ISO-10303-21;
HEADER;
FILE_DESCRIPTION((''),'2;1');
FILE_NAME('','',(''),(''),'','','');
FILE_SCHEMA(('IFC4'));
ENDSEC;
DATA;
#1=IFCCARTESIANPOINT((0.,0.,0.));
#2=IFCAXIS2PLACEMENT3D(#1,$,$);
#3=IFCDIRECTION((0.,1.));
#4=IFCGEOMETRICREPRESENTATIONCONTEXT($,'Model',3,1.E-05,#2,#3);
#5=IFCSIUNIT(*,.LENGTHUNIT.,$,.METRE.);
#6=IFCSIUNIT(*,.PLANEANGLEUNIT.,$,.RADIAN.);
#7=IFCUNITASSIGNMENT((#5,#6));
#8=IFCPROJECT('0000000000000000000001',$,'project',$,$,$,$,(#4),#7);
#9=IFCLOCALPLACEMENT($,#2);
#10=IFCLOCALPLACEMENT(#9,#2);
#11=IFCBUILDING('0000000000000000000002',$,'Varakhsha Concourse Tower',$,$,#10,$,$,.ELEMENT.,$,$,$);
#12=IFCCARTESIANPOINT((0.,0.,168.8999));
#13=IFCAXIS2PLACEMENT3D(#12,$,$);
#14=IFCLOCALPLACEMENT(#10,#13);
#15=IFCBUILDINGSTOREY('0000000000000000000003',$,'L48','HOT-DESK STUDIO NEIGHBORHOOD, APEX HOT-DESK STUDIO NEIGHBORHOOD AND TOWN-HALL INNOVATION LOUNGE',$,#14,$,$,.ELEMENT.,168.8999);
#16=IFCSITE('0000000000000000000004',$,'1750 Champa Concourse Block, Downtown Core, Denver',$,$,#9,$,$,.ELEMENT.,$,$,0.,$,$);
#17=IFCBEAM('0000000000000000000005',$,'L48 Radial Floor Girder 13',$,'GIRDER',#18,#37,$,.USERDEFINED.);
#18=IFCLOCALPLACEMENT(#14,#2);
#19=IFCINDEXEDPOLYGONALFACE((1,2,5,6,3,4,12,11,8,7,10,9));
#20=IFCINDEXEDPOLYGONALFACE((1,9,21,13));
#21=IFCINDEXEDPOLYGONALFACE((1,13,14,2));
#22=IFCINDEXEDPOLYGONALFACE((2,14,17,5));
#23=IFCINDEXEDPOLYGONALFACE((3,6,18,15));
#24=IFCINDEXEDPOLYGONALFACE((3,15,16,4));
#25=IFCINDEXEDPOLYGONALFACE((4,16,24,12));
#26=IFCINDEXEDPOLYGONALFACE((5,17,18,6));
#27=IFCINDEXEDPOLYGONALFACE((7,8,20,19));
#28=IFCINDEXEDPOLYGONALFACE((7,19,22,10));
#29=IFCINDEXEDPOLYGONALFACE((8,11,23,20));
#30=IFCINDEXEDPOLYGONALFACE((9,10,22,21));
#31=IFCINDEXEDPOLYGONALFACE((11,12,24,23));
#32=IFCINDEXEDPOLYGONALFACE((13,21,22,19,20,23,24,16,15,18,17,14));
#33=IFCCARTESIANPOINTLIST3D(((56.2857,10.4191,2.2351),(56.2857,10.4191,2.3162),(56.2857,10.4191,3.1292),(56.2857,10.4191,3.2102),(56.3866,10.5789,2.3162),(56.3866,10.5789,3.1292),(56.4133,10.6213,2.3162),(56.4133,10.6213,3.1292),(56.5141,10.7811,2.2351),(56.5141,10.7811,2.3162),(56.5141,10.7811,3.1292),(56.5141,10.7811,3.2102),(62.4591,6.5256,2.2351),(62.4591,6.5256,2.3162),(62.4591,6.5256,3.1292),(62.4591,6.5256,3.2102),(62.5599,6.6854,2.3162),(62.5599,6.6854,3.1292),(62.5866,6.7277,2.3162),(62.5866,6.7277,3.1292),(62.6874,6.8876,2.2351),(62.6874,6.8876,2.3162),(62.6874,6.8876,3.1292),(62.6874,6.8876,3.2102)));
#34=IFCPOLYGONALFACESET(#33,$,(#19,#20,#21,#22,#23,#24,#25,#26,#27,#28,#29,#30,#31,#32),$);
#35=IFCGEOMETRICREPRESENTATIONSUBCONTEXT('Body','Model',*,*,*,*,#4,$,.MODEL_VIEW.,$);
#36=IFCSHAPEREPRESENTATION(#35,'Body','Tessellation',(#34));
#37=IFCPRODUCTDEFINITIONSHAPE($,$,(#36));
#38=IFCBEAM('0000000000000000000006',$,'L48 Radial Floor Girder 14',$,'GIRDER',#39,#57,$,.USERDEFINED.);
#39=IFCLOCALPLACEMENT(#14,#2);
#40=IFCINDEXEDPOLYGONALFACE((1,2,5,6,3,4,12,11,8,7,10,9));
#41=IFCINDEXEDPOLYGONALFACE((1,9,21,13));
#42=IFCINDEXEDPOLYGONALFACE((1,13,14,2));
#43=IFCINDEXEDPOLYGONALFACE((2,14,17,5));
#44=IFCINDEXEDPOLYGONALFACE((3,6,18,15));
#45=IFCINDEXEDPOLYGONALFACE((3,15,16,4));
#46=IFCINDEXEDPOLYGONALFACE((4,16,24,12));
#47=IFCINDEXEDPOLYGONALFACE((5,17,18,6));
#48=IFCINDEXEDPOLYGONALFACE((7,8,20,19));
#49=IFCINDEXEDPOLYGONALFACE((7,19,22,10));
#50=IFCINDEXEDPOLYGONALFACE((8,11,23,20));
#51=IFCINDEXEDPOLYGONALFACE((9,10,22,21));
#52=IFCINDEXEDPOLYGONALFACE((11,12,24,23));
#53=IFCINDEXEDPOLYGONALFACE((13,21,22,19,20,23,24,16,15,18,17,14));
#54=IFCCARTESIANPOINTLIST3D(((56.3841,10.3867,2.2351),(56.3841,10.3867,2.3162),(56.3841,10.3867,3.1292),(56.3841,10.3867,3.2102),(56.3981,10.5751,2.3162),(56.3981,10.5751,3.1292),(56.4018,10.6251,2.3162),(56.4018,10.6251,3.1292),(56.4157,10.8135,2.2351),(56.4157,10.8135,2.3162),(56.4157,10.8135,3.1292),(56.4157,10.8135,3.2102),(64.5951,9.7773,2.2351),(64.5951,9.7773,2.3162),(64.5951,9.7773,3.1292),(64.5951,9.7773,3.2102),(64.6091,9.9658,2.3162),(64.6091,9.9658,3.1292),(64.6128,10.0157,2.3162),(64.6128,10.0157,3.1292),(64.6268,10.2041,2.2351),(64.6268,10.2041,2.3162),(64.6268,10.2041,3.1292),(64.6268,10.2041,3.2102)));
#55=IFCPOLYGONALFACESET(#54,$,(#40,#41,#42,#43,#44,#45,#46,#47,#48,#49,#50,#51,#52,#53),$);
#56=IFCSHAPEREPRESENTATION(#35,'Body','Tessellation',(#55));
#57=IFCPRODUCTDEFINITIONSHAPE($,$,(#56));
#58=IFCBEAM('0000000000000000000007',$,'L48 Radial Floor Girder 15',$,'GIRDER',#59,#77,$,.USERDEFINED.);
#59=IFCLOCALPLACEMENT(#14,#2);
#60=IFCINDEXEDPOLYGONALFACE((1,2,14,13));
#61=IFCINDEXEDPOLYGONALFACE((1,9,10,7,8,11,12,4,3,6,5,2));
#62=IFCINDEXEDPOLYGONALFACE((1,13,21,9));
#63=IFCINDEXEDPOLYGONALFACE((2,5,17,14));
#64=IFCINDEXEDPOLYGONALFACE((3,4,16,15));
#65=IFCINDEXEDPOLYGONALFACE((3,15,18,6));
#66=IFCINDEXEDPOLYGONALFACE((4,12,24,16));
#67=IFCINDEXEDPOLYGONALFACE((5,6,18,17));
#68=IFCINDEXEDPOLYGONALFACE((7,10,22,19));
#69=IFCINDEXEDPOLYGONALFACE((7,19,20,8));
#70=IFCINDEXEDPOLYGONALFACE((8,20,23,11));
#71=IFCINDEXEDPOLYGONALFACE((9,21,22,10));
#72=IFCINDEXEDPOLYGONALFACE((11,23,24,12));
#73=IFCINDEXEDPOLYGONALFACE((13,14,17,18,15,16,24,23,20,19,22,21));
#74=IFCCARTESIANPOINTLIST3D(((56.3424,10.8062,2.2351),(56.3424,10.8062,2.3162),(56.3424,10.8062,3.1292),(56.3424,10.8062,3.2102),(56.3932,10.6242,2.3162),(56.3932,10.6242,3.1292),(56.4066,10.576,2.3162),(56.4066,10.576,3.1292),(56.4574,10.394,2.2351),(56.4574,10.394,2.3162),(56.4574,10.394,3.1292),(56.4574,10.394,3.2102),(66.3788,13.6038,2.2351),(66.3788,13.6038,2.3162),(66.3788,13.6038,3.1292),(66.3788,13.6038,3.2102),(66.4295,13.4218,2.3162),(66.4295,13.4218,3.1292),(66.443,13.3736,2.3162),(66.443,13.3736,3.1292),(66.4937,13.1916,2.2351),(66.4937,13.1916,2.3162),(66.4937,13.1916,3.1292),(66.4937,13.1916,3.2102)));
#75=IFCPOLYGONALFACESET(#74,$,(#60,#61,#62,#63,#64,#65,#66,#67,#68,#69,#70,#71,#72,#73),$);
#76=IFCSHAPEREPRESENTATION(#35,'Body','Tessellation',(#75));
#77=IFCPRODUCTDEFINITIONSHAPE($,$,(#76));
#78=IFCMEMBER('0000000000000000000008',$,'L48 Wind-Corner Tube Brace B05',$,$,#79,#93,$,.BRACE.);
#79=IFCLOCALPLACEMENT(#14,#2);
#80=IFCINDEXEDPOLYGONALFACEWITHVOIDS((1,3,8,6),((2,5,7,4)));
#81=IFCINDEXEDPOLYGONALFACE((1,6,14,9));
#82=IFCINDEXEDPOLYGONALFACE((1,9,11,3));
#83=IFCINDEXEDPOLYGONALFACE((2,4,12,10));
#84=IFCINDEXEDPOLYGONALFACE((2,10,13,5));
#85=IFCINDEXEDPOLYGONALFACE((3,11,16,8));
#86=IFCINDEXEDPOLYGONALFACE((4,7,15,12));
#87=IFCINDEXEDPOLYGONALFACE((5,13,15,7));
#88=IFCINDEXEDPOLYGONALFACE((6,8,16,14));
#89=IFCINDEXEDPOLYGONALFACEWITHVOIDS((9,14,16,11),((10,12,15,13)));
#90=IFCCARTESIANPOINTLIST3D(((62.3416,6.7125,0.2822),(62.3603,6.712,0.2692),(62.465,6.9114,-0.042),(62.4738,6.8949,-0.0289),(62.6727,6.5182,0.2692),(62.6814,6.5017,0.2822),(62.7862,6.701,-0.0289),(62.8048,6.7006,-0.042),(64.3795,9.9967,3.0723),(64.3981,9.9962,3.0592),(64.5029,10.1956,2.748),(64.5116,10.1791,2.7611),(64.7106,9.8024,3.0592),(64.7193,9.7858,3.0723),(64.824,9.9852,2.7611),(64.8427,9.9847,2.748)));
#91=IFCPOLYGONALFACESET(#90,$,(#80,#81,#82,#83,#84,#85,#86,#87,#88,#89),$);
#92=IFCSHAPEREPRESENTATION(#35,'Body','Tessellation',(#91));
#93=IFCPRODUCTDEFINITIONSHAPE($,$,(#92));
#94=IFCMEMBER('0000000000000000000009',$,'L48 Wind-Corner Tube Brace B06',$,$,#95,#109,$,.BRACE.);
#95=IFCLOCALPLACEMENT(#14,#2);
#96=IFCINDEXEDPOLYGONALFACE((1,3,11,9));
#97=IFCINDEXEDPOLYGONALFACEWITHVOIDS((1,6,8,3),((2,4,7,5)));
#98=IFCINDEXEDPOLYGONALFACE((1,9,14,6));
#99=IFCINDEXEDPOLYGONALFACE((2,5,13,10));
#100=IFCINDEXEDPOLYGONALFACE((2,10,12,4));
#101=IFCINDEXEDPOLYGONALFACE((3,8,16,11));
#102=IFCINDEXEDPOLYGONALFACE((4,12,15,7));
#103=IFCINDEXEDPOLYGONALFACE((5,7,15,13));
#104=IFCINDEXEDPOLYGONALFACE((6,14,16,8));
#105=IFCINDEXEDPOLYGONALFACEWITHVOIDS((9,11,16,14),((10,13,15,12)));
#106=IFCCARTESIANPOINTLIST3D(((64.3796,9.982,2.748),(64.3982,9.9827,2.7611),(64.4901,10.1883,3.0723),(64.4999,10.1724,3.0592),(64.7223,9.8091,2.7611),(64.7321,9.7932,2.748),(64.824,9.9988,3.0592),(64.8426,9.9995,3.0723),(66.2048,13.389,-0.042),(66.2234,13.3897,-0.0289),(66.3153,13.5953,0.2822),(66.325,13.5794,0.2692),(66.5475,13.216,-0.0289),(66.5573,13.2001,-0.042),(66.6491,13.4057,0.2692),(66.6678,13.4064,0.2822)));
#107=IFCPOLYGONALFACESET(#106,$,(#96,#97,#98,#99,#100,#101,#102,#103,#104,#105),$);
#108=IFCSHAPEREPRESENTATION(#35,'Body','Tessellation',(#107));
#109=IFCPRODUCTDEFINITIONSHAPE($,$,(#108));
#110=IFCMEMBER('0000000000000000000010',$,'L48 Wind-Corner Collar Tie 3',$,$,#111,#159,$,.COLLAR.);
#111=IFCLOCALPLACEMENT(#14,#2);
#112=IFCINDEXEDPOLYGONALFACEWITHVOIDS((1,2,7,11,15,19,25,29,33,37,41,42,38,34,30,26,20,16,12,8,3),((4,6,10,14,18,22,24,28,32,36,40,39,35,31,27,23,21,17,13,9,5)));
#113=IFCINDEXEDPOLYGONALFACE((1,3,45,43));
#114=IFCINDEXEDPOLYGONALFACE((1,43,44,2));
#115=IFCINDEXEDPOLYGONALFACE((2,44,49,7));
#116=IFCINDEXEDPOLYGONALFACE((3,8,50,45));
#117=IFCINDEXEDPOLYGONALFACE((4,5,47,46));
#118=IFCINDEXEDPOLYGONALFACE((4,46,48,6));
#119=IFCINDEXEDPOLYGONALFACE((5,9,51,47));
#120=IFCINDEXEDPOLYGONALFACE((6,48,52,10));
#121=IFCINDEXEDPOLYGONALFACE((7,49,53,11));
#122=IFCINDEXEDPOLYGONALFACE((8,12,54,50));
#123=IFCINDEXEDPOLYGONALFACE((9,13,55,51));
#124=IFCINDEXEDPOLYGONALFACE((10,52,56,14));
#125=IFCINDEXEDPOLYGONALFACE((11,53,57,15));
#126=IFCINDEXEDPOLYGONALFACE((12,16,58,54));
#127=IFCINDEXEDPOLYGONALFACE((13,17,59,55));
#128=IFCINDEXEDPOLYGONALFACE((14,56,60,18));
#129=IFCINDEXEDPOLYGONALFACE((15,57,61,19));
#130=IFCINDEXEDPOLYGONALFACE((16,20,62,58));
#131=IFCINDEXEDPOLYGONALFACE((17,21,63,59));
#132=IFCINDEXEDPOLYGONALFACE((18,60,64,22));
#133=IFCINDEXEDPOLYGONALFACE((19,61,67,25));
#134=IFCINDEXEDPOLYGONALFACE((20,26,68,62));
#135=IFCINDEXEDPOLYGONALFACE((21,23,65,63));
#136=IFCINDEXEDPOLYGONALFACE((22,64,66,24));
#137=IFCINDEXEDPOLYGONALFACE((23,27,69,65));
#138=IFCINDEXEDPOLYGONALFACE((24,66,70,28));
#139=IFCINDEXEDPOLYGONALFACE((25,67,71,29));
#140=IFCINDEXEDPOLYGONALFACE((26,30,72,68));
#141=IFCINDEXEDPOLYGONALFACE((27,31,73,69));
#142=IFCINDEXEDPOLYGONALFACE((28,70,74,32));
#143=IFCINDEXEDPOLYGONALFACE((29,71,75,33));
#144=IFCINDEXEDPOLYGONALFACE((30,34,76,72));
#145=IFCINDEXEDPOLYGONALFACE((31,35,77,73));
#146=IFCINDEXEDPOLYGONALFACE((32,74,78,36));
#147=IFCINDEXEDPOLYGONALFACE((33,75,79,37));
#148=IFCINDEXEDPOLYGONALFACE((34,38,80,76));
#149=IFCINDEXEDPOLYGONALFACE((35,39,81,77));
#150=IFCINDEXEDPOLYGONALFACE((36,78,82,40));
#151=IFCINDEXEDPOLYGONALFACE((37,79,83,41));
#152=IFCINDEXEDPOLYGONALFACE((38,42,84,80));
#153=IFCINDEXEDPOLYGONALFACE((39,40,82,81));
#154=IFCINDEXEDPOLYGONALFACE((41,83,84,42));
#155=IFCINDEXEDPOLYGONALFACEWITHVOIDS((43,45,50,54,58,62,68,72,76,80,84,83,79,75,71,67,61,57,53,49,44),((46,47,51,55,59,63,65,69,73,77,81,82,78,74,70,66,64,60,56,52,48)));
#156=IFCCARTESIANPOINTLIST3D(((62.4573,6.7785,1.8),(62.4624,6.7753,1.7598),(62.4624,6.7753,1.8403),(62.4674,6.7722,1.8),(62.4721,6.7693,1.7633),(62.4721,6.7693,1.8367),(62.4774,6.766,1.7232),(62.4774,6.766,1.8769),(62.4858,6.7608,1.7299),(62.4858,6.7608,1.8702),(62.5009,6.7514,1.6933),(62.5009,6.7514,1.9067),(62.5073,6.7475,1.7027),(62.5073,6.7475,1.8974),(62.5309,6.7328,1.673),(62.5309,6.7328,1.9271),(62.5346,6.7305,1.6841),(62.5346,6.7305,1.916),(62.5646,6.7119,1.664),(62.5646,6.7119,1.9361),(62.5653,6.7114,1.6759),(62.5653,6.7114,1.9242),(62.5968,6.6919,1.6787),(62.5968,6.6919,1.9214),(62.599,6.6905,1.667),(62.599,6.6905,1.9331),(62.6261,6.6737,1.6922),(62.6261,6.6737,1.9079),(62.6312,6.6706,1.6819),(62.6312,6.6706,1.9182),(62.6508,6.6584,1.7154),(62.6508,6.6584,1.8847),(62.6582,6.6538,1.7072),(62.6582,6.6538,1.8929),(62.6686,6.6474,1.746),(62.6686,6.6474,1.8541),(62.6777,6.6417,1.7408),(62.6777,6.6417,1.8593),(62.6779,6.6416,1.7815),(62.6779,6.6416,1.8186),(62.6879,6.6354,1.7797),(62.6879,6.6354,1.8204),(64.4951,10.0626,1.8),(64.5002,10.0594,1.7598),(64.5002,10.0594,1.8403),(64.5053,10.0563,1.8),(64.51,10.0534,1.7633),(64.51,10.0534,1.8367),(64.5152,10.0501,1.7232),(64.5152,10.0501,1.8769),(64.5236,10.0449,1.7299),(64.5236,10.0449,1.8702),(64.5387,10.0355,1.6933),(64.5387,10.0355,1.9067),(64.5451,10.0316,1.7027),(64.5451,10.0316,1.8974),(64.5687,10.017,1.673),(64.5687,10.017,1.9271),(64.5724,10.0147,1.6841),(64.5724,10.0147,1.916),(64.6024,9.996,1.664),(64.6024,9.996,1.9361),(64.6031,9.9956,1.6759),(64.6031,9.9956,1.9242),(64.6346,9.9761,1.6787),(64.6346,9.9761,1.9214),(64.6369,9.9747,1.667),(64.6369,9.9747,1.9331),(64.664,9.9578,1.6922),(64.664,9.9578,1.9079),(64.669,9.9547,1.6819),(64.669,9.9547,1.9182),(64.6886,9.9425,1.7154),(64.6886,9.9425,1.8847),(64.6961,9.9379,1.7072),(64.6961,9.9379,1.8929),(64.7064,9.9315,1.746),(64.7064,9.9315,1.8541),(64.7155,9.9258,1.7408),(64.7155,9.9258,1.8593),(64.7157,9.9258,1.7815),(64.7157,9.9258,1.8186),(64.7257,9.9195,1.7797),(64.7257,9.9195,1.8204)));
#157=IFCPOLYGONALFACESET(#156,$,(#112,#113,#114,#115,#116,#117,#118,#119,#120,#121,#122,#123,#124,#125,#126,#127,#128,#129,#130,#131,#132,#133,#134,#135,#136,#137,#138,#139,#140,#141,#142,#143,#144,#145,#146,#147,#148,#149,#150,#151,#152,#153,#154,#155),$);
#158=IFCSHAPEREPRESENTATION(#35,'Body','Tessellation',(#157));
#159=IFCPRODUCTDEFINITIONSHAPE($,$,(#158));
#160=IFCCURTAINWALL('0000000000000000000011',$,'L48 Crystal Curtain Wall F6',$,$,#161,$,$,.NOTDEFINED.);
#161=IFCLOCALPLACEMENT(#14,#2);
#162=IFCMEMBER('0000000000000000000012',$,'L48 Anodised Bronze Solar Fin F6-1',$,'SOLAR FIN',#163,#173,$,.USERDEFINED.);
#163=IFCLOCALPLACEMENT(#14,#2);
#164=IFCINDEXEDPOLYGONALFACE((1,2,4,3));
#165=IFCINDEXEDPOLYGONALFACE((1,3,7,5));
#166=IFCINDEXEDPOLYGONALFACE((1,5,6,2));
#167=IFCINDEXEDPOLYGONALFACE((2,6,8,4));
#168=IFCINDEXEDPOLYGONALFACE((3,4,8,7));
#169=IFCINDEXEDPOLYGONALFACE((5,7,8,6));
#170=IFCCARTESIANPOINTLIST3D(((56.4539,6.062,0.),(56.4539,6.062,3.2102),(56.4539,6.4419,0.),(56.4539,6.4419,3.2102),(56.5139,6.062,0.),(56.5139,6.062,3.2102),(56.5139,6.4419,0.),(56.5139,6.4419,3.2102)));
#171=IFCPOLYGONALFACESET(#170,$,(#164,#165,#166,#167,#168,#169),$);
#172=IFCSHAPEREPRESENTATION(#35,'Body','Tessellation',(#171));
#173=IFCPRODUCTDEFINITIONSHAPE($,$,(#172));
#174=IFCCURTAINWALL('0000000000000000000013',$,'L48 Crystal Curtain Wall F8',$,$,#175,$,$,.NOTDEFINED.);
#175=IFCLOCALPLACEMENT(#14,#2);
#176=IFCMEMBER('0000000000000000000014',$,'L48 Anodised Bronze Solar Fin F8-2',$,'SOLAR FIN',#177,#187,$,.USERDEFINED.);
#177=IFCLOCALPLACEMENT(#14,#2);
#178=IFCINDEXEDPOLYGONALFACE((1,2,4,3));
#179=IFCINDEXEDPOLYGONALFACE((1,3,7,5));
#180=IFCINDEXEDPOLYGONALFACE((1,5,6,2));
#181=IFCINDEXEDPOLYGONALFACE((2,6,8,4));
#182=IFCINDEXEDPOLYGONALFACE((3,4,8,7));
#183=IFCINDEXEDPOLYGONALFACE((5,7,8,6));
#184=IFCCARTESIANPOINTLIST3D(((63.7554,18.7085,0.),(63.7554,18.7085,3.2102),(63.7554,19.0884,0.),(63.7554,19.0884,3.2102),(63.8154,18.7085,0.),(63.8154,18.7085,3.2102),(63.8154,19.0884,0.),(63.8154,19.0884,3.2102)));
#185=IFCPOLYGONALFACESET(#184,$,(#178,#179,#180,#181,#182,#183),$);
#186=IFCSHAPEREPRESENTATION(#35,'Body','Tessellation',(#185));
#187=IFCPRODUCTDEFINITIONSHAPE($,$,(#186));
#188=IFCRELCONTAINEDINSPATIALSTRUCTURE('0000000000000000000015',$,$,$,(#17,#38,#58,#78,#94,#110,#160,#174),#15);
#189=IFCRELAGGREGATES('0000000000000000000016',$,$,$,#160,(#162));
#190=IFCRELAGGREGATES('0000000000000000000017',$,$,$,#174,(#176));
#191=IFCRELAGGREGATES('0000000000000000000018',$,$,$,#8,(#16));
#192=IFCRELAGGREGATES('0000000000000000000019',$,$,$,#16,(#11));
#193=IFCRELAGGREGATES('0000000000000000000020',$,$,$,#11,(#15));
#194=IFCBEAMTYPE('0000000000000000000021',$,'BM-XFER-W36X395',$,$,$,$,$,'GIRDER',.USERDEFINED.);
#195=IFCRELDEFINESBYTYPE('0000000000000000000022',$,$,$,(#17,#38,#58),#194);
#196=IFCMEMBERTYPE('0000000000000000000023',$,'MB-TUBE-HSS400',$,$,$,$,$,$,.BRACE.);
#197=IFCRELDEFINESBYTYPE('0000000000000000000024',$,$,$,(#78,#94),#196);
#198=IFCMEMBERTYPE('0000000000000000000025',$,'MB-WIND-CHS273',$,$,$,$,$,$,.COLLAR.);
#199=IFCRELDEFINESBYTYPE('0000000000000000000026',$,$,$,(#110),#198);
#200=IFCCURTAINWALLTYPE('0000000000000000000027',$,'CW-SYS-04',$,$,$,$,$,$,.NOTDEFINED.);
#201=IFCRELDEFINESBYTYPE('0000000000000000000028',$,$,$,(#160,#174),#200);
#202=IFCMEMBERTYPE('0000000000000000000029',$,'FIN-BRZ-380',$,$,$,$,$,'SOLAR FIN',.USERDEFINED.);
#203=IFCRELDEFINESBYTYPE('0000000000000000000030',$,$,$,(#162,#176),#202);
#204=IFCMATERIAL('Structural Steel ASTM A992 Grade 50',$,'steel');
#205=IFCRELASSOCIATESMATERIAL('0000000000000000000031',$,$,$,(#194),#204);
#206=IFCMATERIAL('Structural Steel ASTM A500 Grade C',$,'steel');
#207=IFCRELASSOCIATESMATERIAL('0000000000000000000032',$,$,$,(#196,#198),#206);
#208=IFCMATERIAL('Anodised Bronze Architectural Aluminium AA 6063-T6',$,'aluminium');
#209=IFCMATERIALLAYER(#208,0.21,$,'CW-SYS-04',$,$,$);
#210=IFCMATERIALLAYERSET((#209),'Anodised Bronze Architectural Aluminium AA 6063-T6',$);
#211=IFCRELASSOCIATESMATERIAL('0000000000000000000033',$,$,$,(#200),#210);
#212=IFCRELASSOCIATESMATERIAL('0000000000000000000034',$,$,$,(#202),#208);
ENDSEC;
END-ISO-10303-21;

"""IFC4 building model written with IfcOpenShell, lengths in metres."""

from ifc_helpers import new_model, si_unit, direction, frame, origin, origin_2d, place, context, subcontext, project, spatial, rectangle, hollow_rectangle, hollow_circle, i_section, extrude, source, transform, mapped, material, layer, layer_set, material_profile, profile_set, type_object, type_shapes, element, aggregate, save


model = new_model("IFC4")

# Units and contexts
model_context = context("Model", 3, precision=1e-05, world=origin(), true_north=direction((0.0, 1.0)))
body_context = subcontext(model_context, "Body", "Model", "MODEL_VIEW")
ifc_project = project(units=[si_unit("LENGTHUNIT", "METRE"), si_unit("PLANEANGLEUNIT", "RADIAN")], contexts=[model_context])

# Site, building, storey
site_placement = place(None, origin())
site = spatial("IfcSite", under=ifc_project, at=site_placement, Name="1750 Champa Concourse Block, Downtown Core, Denver", CompositionType="ELEMENT", RefElevation=0.0)
building_placement = place(site_placement, origin())
building = spatial("IfcBuilding", under=site, at=building_placement, Name="Varakhsha Concourse Tower", CompositionType="ELEMENT")
storey_placement = place(building_placement, frame((0.0, 0.0, 168.8999)))
storey = spatial("IfcBuildingStorey", under=building, at=storey_placement, Name="L48", Description="HOT-DESK STUDIO NEIGHBORHOOD, APEX HOT-DESK STUDIO NEIGHBORHOOD AND TOWN-HALL INNOVATION LOUNGE", CompositionType="ELEMENT", Elevation=168.8999)

# Beams
ifc_material_1 = material(Name="Structural Steel ASTM A992 Grade 50", Category="steel")
ifc_material_profile_1 = material_profile(ifc_material_1, i_section(OverallWidth=0.428, OverallDepth=0.9751, WebThickness=0.05, FlangeThickness=0.0811, at=origin_2d()), Name="W36X395")
ifc_profile_set_1 = profile_set([ifc_material_profile_1], Name="Structural Steel ASTM A992 Grade 50")
beam_type_1 = type_object("IfcBeamType", Name="BM-XFER-W36X395", ElementType="GIRDER", PredefinedType="USERDEFINED", material=ifc_profile_set_1)
beam_1_placement = place(storey_placement, frame((56.3999, 10.6001, 2.7227), z_axis=(0.845823, -0.533464, 0.0), x_axis=(0.533464, 0.845823, 0.0)))
element("IfcBeam", 1, at=beam_1_placement, inside=storey, type_object=beam_type_1, Name="L48 Radial Floor Girder 13", ObjectType="GIRDER", PredefinedType="USERDEFINED", context=body_context, shape_type="SweptSolid", body=[
    extrude(i_section(OverallWidth=0.428, OverallDepth=0.9751, WebThickness=0.05, FlangeThickness=0.0811, at=origin_2d()), origin(), (0.0, 0.0, 1.0), 7.2986),
])
beam_2_placement = place(storey_placement, frame((56.3999, 10.6001, 2.7227), z_axis=(0.997258, -0.074009, 0.0), x_axis=(0.074009, 0.997258, 0.0)))
element("IfcBeam", 2, at=beam_2_placement, inside=storey, type_object=beam_type_1, Name="L48 Radial Floor Girder 14", ObjectType="GIRDER", PredefinedType="USERDEFINED", context=body_context, shape_type="SweptSolid", body=[
    extrude(i_section(OverallWidth=0.428, OverallDepth=0.9751, WebThickness=0.05, FlangeThickness=0.0811, at=origin_2d()), origin(), (0.0, 0.0, 1.0), 8.2336),
])
beam_3_placement = place(storey_placement, frame((56.3999, 10.6001, 2.7227), z_axis=(0.963277, 0.26851, 0.0), x_axis=(-0.26851, 0.963277, 0.0)))
element("IfcBeam", 3, at=beam_3_placement, inside=storey, type_object=beam_type_1, Name="L48 Radial Floor Girder 15", ObjectType="GIRDER", PredefinedType="USERDEFINED", context=body_context, shape_type="SweptSolid", body=[
    extrude(i_section(OverallWidth=0.428, OverallDepth=0.9751, WebThickness=0.05, FlangeThickness=0.0811, at=origin_2d()), origin(), (0.0, 0.0, 1.0), 10.4189),
])

# Members
ifc_material_2 = material(Name="Structural Steel ASTM A500 Grade C", Category="steel")
ifc_material_profile_2 = material_profile(ifc_material_2, hollow_rectangle(XDim=0.3999, YDim=0.3999, WallThickness=0.0161, at=origin_2d()), Name="HSS 400x400x16")
ifc_profile_set_2 = profile_set([ifc_material_profile_2], Name="Structural Steel ASTM A500 Grade C")
member_type_1 = type_object("IfcMemberType", Name="MB-TUBE-HSS400", PredefinedType="BRACE", material=ifc_profile_set_2)
shared_shape_1 = source(origin(), body_context, "Body", "SweptSolid", [
    extrude(hollow_rectangle(XDim=0.3999, YDim=0.3999, WallThickness=0.0161, at=origin_2d()), origin(), (0.0, 0.0, 1.0), 4.7668),
])
type_shapes(member_type_1, [shared_shape_1])
for number, where, z_axis, x_axis, name in (
    (4, (62.5732, 6.7065, 0.1201), (0.427502, 0.688961, 0.585299), (-0.849711, 0.527248, 0.0), "L48 Wind-Corner Tube Brace B05"),
    (5, (66.4363, 13.3977, 0.1201), (-0.382891, -0.714719, 0.585296), (0.881477, -0.472227, 0.0), "L48 Wind-Corner Tube Brace B06"),
):
    element("IfcMember", number, at=place(storey_placement, frame(where, z_axis=z_axis, x_axis=x_axis)), inside=storey, type_object=member_type_1, Name=name, PredefinedType="BRACE", context=body_context, shape_type="MappedRepresentation", body=[
        mapped(shared_shape_1, transform((0.0, 0.0, 0.0), scale=1.0)),
    ])
ifc_material_profile_3 = material_profile(ifc_material_2, hollow_circle(Radius=0.1365, WallThickness=0.012, at=origin_2d()), Name="CHS 273x12")
ifc_profile_set_3 = profile_set([ifc_material_profile_3], Name="Structural Steel ASTM A500 Grade C")
member_type_2 = type_object("IfcMemberType", Name="MB-WIND-CHS273", PredefinedType="COLLAR", material=ifc_profile_set_3)
shared_shape_2 = source(origin(), body_context, "Body", "SweptSolid", [
    extrude(hollow_circle(Radius=0.1365, WallThickness=0.012, at=origin_2d()), origin(), (0.0, 0.0, 1.0), 3.865),
])
type_shapes(member_type_2, [shared_shape_2])
member_1_placement = place(storey_placement, frame((62.5732, 6.7065, 1.8), z_axis=(0.527248, 0.849711, 0.0), x_axis=(-0.849711, 0.527248, 0.0)))
element("IfcMember", 6, at=member_1_placement, inside=storey, type_object=member_type_2, Name="L48 Wind-Corner Collar Tie 3", PredefinedType="COLLAR", context=body_context, shape_type="MappedRepresentation", body=[
    mapped(shared_shape_2, transform((0.0, 0.0, 0.0), scale=1.0)),
])

# Curtain walls, members
ifc_material_3 = material(Name="Anodised Bronze Architectural Aluminium AA 6063-T6", Category="aluminium")
ifc_layer_1 = layer(ifc_material_3, 0.21, Name="CW-SYS-04")
ifc_layer_set_1 = layer_set([ifc_layer_1], Name="Anodised Bronze Architectural Aluminium AA 6063-T6")
curtain_wall_type = type_object("IfcCurtainWallType", Name="CW-SYS-04", PredefinedType="NOTDEFINED", material=ifc_layer_set_1)
curtain_wall_1_placement = place(storey_placement, origin())
curtain_wall_1 = element("IfcCurtainWall", 7, at=curtain_wall_1_placement, inside=storey, type_object=curtain_wall_type, Name="L48 Crystal Curtain Wall F6", PredefinedType="NOTDEFINED")
ifc_material_profile_4 = material_profile(ifc_material_3, rectangle(XDim=0.0601, YDim=0.3799, at=origin_2d()), Name="FIN-BRZ-380")
ifc_profile_set_4 = profile_set([ifc_material_profile_4], Name="Anodised Bronze Architectural Aluminium AA 6063-T6")
member_type_3 = type_object("IfcMemberType", Name="FIN-BRZ-380", ElementType="SOLAR FIN", PredefinedType="USERDEFINED", material=ifc_profile_set_4)
shared_shape_3 = source(origin(), body_context, "Body", "SweptSolid", [
    extrude(rectangle(XDim=0.0601, YDim=0.3799, at=origin_2d()), origin(), (0.0, 0.0, 1.0), 3.2102),
])
type_shapes(member_type_3, [shared_shape_3])
member_2_placement = place(storey_placement, frame((56.4839, 6.252, 0.0), z_axis=(0.0, 0.0, 1.0), x_axis=(1.0, 0.0, 0.0)))
member_2 = element("IfcMember", 8, at=member_2_placement, type_object=member_type_3, Name="L48 Anodised Bronze Solar Fin F6-1", ObjectType="SOLAR FIN", PredefinedType="USERDEFINED", context=body_context, shape_type="MappedRepresentation", body=[
    mapped(shared_shape_3, transform((0.0, 0.0, 0.0), scale=1.0)),
])
curtain_wall_2_placement = place(storey_placement, origin())
curtain_wall_2 = element("IfcCurtainWall", 9, at=curtain_wall_2_placement, inside=storey, type_object=curtain_wall_type, Name="L48 Crystal Curtain Wall F8", PredefinedType="NOTDEFINED")
member_3_placement = place(storey_placement, frame((63.7854, 18.8984, 0.0), z_axis=(0.0, 0.0, 1.0), x_axis=(1.0, 0.0, 0.0)))
member_3 = element("IfcMember", 10, at=member_3_placement, type_object=member_type_3, Name="L48 Anodised Bronze Solar Fin F8-2", ObjectType="SOLAR FIN", PredefinedType="USERDEFINED", context=body_context, shape_type="MappedRepresentation", body=[
    mapped(shared_shape_3, transform((0.0, 0.0, 0.0), scale=1.0)),
])

aggregate(curtain_wall_1, [member_2])
aggregate(curtain_wall_2, [member_3])

save(model, "model.ifc")
